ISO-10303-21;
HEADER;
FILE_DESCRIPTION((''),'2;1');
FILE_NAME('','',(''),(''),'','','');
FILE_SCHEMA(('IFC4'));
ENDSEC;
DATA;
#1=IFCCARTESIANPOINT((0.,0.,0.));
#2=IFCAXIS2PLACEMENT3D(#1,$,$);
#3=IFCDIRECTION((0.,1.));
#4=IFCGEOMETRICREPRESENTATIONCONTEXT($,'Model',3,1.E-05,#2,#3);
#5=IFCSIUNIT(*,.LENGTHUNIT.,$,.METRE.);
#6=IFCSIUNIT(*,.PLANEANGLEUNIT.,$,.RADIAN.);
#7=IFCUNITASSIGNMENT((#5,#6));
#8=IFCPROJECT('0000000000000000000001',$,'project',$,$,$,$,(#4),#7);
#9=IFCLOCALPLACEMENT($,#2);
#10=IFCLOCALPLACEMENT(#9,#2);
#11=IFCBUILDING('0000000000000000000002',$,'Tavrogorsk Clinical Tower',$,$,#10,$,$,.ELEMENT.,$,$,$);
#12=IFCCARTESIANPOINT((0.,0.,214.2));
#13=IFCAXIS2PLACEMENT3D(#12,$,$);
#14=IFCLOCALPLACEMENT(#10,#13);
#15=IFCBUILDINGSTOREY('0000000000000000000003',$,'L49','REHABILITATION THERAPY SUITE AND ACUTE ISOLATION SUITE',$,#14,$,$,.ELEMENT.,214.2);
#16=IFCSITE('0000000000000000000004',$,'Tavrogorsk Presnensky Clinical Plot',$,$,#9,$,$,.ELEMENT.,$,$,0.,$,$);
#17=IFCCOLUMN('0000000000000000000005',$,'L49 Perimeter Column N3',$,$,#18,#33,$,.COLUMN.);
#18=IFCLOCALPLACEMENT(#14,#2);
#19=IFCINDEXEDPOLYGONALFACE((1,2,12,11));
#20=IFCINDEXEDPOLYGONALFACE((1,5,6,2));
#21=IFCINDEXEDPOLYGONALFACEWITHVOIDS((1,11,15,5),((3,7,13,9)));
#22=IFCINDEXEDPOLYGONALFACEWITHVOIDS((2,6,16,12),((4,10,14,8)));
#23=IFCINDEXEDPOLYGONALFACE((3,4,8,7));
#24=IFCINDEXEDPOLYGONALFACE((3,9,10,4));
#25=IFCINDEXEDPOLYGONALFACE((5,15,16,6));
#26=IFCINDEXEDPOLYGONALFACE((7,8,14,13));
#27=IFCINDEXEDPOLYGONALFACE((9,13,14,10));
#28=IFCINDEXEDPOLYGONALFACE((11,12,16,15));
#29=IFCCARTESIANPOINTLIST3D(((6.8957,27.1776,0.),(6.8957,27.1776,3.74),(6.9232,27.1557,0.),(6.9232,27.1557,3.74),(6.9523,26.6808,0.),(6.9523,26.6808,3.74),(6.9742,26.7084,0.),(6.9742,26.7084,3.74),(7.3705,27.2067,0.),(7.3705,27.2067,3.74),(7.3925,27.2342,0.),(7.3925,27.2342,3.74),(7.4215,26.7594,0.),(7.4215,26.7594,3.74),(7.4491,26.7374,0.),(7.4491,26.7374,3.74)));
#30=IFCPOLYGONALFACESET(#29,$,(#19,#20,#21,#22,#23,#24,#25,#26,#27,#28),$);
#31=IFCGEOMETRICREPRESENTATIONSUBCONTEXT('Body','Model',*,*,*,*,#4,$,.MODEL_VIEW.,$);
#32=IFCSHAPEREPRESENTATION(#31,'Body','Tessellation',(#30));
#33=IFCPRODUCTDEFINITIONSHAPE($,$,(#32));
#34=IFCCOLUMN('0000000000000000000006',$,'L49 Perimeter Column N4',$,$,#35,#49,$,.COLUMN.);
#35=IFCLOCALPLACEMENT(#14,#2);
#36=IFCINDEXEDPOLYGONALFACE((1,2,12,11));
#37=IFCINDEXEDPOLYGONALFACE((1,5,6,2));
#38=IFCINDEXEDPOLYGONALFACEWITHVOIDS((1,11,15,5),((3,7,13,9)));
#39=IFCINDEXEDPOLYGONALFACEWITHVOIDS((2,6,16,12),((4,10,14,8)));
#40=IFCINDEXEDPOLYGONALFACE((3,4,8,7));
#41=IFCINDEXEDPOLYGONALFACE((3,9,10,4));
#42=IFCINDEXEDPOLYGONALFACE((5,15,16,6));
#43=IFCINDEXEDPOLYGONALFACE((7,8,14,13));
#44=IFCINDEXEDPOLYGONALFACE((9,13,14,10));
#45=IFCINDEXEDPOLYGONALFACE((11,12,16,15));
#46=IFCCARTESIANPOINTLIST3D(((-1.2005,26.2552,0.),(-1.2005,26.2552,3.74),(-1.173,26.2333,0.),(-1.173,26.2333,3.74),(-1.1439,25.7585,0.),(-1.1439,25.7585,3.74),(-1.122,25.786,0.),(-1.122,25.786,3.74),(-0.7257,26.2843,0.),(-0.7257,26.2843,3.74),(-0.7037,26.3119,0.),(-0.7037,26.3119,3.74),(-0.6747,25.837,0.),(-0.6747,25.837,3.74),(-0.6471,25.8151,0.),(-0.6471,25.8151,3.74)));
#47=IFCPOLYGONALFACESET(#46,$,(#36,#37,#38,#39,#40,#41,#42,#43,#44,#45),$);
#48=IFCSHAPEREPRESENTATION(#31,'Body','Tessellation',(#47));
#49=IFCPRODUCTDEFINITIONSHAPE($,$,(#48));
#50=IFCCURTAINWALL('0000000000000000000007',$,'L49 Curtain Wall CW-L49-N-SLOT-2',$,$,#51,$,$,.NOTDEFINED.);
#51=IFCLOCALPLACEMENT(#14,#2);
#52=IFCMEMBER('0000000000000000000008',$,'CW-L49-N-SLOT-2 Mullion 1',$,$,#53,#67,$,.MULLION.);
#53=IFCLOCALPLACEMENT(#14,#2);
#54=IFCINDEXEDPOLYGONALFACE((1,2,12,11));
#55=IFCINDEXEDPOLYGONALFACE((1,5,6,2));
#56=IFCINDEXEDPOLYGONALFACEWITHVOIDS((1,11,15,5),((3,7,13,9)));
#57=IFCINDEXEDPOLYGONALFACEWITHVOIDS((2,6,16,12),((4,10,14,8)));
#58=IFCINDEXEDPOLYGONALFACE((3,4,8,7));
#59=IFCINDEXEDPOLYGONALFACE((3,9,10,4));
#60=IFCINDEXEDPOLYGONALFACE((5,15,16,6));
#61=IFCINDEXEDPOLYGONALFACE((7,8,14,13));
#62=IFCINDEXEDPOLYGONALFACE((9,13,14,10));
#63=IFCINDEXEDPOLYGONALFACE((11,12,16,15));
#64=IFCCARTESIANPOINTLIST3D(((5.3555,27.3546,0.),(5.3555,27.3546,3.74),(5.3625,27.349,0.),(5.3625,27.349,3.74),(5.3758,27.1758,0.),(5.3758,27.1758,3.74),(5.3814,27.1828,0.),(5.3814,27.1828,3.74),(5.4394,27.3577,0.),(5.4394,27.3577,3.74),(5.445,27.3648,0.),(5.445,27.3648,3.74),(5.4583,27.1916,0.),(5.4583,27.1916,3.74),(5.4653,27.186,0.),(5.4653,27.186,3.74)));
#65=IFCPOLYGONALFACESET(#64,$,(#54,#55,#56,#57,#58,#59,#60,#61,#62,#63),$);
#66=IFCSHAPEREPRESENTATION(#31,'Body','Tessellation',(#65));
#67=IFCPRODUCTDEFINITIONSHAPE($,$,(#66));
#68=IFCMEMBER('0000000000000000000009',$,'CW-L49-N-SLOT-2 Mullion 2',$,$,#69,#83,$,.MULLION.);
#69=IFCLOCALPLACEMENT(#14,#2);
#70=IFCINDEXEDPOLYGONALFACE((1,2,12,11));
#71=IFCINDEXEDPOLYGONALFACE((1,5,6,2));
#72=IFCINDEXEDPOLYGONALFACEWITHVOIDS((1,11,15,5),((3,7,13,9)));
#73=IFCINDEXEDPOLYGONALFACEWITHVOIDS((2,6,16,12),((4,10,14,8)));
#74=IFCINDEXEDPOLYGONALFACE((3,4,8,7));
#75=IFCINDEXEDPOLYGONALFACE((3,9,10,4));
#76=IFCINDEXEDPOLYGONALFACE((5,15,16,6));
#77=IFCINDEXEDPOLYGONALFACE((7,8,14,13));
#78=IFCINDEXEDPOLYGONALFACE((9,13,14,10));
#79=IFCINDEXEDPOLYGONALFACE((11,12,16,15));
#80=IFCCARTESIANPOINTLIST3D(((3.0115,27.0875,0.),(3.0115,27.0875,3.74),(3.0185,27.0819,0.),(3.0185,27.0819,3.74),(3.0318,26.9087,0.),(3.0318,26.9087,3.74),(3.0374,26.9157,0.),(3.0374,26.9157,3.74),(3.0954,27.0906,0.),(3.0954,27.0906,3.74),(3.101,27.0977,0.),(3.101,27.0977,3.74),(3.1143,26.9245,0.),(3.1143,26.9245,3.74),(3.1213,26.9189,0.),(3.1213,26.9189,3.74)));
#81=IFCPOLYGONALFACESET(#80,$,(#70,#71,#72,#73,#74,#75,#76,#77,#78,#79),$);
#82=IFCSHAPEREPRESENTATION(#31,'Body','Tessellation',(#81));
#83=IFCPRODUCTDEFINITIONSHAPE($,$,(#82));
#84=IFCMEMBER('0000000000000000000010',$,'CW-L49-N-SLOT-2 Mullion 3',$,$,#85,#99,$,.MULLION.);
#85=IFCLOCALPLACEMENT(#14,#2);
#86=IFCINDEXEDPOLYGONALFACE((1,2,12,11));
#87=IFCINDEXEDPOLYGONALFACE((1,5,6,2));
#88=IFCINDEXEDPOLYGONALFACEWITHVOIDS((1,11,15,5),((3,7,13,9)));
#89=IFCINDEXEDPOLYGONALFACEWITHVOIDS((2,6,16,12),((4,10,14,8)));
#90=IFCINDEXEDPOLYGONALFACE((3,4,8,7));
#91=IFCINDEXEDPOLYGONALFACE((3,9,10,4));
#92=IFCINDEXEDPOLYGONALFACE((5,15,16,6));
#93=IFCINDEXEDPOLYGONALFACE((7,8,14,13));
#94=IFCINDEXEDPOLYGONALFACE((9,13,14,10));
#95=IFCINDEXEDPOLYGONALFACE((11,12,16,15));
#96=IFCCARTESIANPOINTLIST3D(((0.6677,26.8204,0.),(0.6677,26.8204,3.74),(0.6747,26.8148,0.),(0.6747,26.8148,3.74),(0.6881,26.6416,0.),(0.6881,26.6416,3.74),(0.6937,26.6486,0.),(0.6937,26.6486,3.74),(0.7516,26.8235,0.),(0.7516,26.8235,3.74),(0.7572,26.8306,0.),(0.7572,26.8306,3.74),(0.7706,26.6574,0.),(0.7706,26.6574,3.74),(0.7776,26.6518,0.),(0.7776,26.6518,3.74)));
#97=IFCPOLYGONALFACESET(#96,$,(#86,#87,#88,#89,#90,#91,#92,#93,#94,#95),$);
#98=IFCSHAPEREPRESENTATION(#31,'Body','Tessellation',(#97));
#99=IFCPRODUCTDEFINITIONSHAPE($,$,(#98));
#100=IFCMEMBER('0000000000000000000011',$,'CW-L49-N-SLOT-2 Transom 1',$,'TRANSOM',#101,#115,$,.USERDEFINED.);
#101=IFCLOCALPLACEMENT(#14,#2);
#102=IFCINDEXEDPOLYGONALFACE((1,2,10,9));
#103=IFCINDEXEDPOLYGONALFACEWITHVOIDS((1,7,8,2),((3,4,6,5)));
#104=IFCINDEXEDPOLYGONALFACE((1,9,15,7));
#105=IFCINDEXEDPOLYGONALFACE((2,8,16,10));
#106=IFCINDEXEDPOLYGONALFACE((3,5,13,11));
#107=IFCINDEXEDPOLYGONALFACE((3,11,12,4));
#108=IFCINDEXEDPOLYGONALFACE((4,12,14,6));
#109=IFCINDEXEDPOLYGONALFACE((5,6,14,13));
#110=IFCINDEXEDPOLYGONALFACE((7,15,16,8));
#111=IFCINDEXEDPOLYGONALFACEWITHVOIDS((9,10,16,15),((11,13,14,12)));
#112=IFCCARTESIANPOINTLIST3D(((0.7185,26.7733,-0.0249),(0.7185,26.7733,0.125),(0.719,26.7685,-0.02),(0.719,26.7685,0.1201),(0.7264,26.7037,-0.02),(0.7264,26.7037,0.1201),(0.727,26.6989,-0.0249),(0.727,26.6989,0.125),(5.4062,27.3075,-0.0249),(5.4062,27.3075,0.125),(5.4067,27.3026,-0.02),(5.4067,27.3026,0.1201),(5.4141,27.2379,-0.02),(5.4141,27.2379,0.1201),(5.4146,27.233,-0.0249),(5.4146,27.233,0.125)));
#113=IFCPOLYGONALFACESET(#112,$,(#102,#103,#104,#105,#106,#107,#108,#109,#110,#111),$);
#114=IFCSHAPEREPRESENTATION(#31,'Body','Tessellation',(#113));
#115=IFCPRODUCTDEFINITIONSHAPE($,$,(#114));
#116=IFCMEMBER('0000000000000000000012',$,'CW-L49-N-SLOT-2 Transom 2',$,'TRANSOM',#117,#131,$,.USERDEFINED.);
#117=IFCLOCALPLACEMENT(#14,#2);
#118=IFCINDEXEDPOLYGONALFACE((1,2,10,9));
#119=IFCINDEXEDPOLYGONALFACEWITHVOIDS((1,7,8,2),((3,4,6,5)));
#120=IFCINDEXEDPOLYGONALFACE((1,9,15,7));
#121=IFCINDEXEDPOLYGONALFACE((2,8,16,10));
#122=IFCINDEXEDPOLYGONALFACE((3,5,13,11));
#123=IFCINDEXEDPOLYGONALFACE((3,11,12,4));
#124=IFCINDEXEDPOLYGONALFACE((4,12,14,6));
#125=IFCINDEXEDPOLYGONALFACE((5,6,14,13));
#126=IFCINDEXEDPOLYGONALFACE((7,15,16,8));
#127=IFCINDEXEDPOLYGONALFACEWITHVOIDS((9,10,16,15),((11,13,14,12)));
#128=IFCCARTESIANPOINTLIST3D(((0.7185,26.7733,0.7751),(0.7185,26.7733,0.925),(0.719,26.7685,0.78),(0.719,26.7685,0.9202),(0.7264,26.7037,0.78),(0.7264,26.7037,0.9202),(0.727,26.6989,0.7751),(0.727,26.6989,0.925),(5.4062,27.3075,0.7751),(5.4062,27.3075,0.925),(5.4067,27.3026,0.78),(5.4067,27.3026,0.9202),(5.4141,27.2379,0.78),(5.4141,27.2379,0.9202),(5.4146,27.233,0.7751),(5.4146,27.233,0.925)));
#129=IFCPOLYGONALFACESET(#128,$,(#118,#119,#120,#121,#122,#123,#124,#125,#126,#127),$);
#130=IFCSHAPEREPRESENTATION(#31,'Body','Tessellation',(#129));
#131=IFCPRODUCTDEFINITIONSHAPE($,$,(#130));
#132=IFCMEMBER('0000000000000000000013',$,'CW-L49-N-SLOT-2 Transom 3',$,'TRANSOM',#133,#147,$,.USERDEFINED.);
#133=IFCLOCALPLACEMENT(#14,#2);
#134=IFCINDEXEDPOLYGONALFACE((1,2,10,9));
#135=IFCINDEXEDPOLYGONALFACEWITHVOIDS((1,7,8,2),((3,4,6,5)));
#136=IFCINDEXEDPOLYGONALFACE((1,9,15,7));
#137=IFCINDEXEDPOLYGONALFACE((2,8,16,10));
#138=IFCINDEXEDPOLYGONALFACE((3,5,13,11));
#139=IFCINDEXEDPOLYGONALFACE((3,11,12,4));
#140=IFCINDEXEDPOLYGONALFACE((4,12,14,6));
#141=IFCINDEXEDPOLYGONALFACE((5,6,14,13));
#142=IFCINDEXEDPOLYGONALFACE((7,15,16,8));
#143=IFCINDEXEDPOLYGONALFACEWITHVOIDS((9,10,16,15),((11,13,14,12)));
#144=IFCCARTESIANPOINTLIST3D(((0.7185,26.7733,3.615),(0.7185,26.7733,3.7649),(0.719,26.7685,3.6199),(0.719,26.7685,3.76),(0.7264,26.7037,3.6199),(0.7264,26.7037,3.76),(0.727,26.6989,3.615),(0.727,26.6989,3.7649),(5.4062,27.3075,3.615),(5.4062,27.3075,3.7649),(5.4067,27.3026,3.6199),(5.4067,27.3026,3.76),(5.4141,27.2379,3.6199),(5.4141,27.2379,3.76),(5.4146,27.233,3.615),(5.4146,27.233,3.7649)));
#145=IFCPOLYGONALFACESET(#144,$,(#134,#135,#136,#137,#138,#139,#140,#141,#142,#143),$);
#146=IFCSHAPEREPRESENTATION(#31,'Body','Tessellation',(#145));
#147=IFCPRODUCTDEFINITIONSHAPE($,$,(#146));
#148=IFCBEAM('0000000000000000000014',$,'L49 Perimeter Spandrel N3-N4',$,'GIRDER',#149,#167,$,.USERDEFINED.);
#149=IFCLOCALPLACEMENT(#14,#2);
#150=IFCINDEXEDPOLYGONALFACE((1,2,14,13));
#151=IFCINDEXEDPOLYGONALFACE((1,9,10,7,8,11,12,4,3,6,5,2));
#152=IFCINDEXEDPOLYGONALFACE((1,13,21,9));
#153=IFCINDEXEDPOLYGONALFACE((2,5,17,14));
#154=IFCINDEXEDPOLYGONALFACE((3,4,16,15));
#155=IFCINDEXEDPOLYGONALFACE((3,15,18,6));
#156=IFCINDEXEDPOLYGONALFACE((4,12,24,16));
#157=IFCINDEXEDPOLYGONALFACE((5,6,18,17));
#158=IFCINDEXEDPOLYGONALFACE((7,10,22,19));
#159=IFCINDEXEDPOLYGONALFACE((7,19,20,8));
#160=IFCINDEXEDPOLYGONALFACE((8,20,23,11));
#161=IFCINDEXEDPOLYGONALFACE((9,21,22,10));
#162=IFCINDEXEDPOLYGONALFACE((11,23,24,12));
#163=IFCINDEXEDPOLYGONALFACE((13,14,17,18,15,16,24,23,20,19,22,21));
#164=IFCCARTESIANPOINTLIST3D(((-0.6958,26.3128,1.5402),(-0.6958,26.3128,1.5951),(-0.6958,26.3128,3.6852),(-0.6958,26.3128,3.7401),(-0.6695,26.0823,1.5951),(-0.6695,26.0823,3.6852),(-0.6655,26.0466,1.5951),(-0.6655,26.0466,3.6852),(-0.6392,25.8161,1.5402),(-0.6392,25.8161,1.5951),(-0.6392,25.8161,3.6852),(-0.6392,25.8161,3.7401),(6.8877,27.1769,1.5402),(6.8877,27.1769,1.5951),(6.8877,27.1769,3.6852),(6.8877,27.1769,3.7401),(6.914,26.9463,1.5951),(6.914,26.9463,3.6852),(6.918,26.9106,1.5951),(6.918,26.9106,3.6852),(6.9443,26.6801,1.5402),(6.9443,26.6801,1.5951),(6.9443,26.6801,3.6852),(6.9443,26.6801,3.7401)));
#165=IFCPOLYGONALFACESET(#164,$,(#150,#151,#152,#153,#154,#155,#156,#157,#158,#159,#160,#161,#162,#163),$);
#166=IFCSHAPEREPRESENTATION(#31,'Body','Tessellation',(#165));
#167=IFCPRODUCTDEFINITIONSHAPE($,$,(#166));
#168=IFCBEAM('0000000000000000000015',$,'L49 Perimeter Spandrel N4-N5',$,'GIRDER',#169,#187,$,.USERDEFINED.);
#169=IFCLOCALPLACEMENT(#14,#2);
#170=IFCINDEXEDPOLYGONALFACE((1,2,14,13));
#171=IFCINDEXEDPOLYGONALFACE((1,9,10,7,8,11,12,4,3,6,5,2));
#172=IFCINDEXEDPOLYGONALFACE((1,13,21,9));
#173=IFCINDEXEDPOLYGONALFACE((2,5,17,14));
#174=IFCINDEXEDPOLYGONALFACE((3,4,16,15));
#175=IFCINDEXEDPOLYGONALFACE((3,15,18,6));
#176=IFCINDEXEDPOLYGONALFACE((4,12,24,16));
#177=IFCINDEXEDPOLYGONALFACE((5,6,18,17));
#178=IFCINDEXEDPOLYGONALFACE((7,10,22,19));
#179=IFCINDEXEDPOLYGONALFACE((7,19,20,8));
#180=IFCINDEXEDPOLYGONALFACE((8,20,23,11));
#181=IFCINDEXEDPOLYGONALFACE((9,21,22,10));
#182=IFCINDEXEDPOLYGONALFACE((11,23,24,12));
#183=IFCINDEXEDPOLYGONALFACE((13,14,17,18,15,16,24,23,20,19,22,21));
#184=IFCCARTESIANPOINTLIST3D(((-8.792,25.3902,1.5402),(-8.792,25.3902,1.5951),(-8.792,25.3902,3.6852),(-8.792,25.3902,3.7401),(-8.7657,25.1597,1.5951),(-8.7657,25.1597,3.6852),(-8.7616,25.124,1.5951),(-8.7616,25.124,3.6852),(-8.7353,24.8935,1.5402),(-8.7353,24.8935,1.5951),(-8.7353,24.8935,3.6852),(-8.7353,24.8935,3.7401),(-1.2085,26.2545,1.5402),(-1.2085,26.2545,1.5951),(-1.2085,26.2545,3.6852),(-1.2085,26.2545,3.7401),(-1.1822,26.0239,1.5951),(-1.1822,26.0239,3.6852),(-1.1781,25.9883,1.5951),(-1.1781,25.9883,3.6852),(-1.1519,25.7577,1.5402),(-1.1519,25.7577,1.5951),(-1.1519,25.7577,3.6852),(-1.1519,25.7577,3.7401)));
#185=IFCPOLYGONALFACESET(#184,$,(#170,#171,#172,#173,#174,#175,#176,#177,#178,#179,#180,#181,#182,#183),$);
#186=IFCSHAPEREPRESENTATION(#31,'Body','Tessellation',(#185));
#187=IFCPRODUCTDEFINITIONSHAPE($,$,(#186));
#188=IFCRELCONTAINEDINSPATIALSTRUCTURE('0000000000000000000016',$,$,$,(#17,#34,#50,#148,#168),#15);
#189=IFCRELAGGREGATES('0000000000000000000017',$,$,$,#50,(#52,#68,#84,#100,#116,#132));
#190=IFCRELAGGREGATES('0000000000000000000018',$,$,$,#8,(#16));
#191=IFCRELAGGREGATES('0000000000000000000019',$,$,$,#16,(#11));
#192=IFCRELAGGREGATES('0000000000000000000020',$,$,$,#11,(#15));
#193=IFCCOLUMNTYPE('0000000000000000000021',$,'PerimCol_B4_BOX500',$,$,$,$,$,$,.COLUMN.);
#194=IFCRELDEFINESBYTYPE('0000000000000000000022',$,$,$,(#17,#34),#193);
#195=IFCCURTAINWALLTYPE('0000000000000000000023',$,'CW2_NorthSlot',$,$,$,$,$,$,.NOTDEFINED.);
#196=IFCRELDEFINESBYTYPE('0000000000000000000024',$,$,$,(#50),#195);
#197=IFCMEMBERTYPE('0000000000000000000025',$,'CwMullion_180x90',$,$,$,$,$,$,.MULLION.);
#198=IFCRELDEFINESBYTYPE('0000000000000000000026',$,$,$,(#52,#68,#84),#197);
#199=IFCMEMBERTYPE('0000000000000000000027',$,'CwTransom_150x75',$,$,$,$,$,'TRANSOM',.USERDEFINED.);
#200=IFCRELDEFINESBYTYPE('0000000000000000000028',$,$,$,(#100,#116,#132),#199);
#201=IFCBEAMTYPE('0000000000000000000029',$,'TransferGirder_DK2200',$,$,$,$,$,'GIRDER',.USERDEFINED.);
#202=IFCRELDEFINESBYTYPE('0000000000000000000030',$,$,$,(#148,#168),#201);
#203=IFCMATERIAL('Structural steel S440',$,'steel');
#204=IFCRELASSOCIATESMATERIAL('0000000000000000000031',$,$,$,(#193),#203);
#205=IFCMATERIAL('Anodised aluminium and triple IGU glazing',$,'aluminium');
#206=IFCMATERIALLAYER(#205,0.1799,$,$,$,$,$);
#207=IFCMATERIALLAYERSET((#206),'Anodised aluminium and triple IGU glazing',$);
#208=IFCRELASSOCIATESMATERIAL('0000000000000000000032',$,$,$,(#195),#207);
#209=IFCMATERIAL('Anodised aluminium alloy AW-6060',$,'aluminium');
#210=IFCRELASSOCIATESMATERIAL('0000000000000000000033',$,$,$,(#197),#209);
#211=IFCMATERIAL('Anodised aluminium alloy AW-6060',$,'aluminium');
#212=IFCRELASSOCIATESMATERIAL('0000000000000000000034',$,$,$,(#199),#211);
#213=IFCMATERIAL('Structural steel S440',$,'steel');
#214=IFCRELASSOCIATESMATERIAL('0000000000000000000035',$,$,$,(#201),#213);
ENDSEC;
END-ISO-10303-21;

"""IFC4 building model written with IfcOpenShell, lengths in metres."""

from ifc_helpers import new_model, si_unit, direction, frame, origin, origin_2d, place, context, subcontext, project, spatial, hollow_rectangle, i_section, extrude, material, layer, layer_set, material_profile, profile_set, type_object, element, aggregate, save


model = new_model("IFC4")

# Units and contexts
model_context = context("Model", 3, precision=1e-05, world=origin(), true_north=direction((0.0, 1.0)))
body_context = subcontext(model_context, "Body", "Model", "MODEL_VIEW")
ifc_project = project(units=[si_unit("LENGTHUNIT", "METRE"), si_unit("PLANEANGLEUNIT", "RADIAN")], contexts=[model_context])

# Site, building, storey
site_placement = place(None, origin())
site = spatial("IfcSite", under=ifc_project, at=site_placement, Name="Tavrogorsk Presnensky Clinical Plot", CompositionType="ELEMENT", RefElevation=0.0)
building_placement = place(site_placement, origin())
building = spatial("IfcBuilding", under=site, at=building_placement, Name="Tavrogorsk Clinical Tower", CompositionType="ELEMENT")
storey_placement = place(building_placement, frame((0.0, 0.0, 214.2)))
storey = spatial("IfcBuildingStorey", under=building, at=storey_placement, Name="L49", Description="REHABILITATION THERAPY SUITE AND ACUTE ISOLATION SUITE", CompositionType="ELEMENT", Elevation=214.2)

# Columns
ifc_material_1 = material(Name="Structural steel S440", Category="steel")
ifc_material_profile_1 = material_profile(ifc_material_1, hollow_rectangle(XDim=0.5, YDim=0.5, WallThickness=0.0249, at=origin_2d()), Name="BOX-500x500x25")
ifc_profile_set_1 = profile_set([ifc_material_profile_1], Name="Structural steel S440")
column_type = type_object("IfcColumnType", Name="PerimCol_B4_BOX500", PredefinedType="COLUMN", material=ifc_profile_set_1)
for number, where, z_axis, x_axis, name in (
    (1, (7.1724, 26.9575, 0.0), (0.0, 0.0, 1.0), (0.993572, 0.113203, 0.0), "L49 Perimeter Column N3"),
    (2, (-0.9238, 26.0352, 0.0), (0.0, 0.0, 1.0), (0.993572, 0.113203, 0.0), "L49 Perimeter Column N4"),
):
    element("IfcColumn", number, at=place(storey_placement, frame(where, z_axis=z_axis, x_axis=x_axis)), inside=storey, type_object=column_type, Name=name, PredefinedType="COLUMN", context=body_context, shape_type="SweptSolid", body=[
        extrude(hollow_rectangle(XDim=0.5, YDim=0.5, WallThickness=0.0249, at=origin_2d()), origin(), (0.0, 0.0, 1.0), 3.74),
    ])

# Curtain wall, members
ifc_material_2 = material(Name="Anodised aluminium and triple IGU glazing", Category="aluminium")
ifc_layer_1 = layer(ifc_material_2, 0.1799)
ifc_layer_set_1 = layer_set([ifc_layer_1], Name="Anodised aluminium and triple IGU glazing")
curtain_wall_type = type_object("IfcCurtainWallType", Name="CW2_NorthSlot", PredefinedType="NOTDEFINED", material=ifc_layer_set_1)
curtain_wall_placement = place(storey_placement, origin())
curtain_wall = element("IfcCurtainWall", 3, at=curtain_wall_placement, inside=storey, type_object=curtain_wall_type, Name="L49 Curtain Wall CW-L49-N-SLOT-2", PredefinedType="NOTDEFINED")
ifc_material_3 = material(Name="Anodised aluminium alloy AW-6060", Category="aluminium")
ifc_material_profile_2 = material_profile(ifc_material_3, hollow_rectangle(XDim=0.0901, YDim=0.1799, WallThickness=0.0063, at=origin_2d()), Name="RHS-180x90x6.3")
ifc_profile_set_2 = profile_set([ifc_material_profile_2], Name="Anodised aluminium alloy AW-6060")
member_type_1 = type_object("IfcMemberType", Name="CwMullion_180x90", PredefinedType="MULLION", material=ifc_profile_set_2)
member_1_placement = place(storey_placement, frame((5.4104, 27.2703, 0.0), z_axis=(0.0, 0.0, 1.0), x_axis=(-0.993572, -0.113203, 0.0)))
member_1 = element("IfcMember", 4, at=member_1_placement, type_object=member_type_1, Name="CW-L49-N-SLOT-2 Mullion 1", PredefinedType="MULLION", context=body_context, shape_type="SweptSolid", body=[
    extrude(hollow_rectangle(XDim=0.0901, YDim=0.1799, WallThickness=0.0063, at=origin_2d()), origin(), (0.0, 0.0, 1.0), 3.74),
])
member_2_placement = place(storey_placement, frame((3.0664, 27.0032, 0.0), z_axis=(0.0, 0.0, 1.0), x_axis=(-0.993572, -0.113203, 0.0)))
member_2 = element("IfcMember", 5, at=member_2_placement, type_object=member_type_1, Name="CW-L49-N-SLOT-2 Mullion 2", PredefinedType="MULLION", context=body_context, shape_type="SweptSolid", body=[
    extrude(hollow_rectangle(XDim=0.0901, YDim=0.1799, WallThickness=0.0063, at=origin_2d()), origin(), (0.0, 0.0, 1.0), 3.74),
])
member_3_placement = place(storey_placement, frame((0.7227, 26.7361, 0.0), z_axis=(0.0, 0.0, 1.0), x_axis=(-0.993572, -0.113203, 0.0)))
member_3 = element("IfcMember", 6, at=member_3_placement, type_object=member_type_1, Name="CW-L49-N-SLOT-2 Mullion 3", PredefinedType="MULLION", context=body_context, shape_type="SweptSolid", body=[
    extrude(hollow_rectangle(XDim=0.0901, YDim=0.1799, WallThickness=0.0063, at=origin_2d()), origin(), (0.0, 0.0, 1.0), 3.74),
])
ifc_material_4 = material(Name="Anodised aluminium alloy AW-6060", Category="aluminium")
ifc_material_profile_3 = material_profile(ifc_material_4, hollow_rectangle(XDim=0.075, YDim=0.1499, WallThickness=0.0049, at=origin_2d()), Name="RHS-150x75x5")
ifc_profile_set_3 = profile_set([ifc_material_profile_3], Name="Anodised aluminium alloy AW-6060")
member_type_2 = type_object("IfcMemberType", Name="CwTransom_150x75", ElementType="TRANSOM", PredefinedType="USERDEFINED", material=ifc_profile_set_3)
member_4_placement = place(storey_placement, frame((5.4104, 27.2703, 0.05), z_axis=(-0.99357, -0.11322, 0.0), x_axis=(0.11322, -0.99357, 0.0)))
member_4 = element("IfcMember", 7, at=member_4_placement, type_object=member_type_2, Name="CW-L49-N-SLOT-2 Transom 1", ObjectType="TRANSOM", PredefinedType="USERDEFINED", context=body_context, shape_type="SweptSolid", body=[
    extrude(hollow_rectangle(XDim=0.075, YDim=0.1499, WallThickness=0.0049, at=origin_2d()), origin(), (0.0, 0.0, 1.0), 4.718),
])
member_5_placement = place(storey_placement, frame((5.4104, 27.2703, 0.8501), z_axis=(-0.99357, -0.11322, 0.0), x_axis=(0.11322, -0.99357, 0.0)))
member_5 = element("IfcMember", 8, at=member_5_placement, type_object=member_type_2, Name="CW-L49-N-SLOT-2 Transom 2", ObjectType="TRANSOM", PredefinedType="USERDEFINED", context=body_context, shape_type="SweptSolid", body=[
    extrude(hollow_rectangle(XDim=0.075, YDim=0.1499, WallThickness=0.0049, at=origin_2d()), origin(), (0.0, 0.0, 1.0), 4.718),
])
member_6_placement = place(storey_placement, frame((5.4104, 27.2703, 3.6899), z_axis=(-0.99357, -0.11322, 0.0), x_axis=(0.11322, -0.99357, 0.0)))
member_6 = element("IfcMember", 9, at=member_6_placement, type_object=member_type_2, Name="CW-L49-N-SLOT-2 Transom 3", ObjectType="TRANSOM", PredefinedType="USERDEFINED", context=body_context, shape_type="SweptSolid", body=[
    extrude(hollow_rectangle(XDim=0.075, YDim=0.1499, WallThickness=0.0049, at=origin_2d()), origin(), (0.0, 0.0, 1.0), 4.718),
])

# Beams
ifc_material_5 = material(Name="Structural steel S440", Category="steel")
ifc_material_profile_4 = material_profile(ifc_material_5, i_section(OverallWidth=0.5, OverallDepth=2.2, WebThickness=0.0359, FlangeThickness=0.0549, at=origin_2d()), Name="DK-2200x500x36x55")
ifc_profile_set_4 = profile_set([ifc_material_profile_4], Name="Structural steel S440")
beam_type = type_object("IfcBeamType", Name="TransferGirder_DK2200", ElementType="GIRDER", PredefinedType="USERDEFINED", material=ifc_profile_set_4)
for number, where, z_axis, x_axis, name in (
    (10, (6.916, 26.9285, 2.6401), (-0.993572, -0.113201, 0.0), (0.113201, -0.993572, 0.0), "L49 Perimeter Spandrel N3-N4"),
    (11, (-1.1802, 26.0061, 2.6401), (-0.993569, -0.113233, 0.0), (0.113233, -0.993569, 0.0), "L49 Perimeter Spandrel N4-N5"),
):
    element("IfcBeam", number, at=place(storey_placement, frame(where, z_axis=z_axis, x_axis=x_axis)), inside=storey, type_object=beam_type, Name=name, ObjectType="GIRDER", PredefinedType="USERDEFINED", context=body_context, shape_type="SweptSolid", body=[
        extrude(i_section(OverallWidth=0.5, OverallDepth=2.2, WebThickness=0.0359, FlangeThickness=0.0549, at=origin_2d()), origin(), (0.0, 0.0, 1.0), 7.6326),
    ])

aggregate(curtain_wall, [member_1, member_2, member_3, member_4, member_5, member_6])

save(model, "model.ifc")
